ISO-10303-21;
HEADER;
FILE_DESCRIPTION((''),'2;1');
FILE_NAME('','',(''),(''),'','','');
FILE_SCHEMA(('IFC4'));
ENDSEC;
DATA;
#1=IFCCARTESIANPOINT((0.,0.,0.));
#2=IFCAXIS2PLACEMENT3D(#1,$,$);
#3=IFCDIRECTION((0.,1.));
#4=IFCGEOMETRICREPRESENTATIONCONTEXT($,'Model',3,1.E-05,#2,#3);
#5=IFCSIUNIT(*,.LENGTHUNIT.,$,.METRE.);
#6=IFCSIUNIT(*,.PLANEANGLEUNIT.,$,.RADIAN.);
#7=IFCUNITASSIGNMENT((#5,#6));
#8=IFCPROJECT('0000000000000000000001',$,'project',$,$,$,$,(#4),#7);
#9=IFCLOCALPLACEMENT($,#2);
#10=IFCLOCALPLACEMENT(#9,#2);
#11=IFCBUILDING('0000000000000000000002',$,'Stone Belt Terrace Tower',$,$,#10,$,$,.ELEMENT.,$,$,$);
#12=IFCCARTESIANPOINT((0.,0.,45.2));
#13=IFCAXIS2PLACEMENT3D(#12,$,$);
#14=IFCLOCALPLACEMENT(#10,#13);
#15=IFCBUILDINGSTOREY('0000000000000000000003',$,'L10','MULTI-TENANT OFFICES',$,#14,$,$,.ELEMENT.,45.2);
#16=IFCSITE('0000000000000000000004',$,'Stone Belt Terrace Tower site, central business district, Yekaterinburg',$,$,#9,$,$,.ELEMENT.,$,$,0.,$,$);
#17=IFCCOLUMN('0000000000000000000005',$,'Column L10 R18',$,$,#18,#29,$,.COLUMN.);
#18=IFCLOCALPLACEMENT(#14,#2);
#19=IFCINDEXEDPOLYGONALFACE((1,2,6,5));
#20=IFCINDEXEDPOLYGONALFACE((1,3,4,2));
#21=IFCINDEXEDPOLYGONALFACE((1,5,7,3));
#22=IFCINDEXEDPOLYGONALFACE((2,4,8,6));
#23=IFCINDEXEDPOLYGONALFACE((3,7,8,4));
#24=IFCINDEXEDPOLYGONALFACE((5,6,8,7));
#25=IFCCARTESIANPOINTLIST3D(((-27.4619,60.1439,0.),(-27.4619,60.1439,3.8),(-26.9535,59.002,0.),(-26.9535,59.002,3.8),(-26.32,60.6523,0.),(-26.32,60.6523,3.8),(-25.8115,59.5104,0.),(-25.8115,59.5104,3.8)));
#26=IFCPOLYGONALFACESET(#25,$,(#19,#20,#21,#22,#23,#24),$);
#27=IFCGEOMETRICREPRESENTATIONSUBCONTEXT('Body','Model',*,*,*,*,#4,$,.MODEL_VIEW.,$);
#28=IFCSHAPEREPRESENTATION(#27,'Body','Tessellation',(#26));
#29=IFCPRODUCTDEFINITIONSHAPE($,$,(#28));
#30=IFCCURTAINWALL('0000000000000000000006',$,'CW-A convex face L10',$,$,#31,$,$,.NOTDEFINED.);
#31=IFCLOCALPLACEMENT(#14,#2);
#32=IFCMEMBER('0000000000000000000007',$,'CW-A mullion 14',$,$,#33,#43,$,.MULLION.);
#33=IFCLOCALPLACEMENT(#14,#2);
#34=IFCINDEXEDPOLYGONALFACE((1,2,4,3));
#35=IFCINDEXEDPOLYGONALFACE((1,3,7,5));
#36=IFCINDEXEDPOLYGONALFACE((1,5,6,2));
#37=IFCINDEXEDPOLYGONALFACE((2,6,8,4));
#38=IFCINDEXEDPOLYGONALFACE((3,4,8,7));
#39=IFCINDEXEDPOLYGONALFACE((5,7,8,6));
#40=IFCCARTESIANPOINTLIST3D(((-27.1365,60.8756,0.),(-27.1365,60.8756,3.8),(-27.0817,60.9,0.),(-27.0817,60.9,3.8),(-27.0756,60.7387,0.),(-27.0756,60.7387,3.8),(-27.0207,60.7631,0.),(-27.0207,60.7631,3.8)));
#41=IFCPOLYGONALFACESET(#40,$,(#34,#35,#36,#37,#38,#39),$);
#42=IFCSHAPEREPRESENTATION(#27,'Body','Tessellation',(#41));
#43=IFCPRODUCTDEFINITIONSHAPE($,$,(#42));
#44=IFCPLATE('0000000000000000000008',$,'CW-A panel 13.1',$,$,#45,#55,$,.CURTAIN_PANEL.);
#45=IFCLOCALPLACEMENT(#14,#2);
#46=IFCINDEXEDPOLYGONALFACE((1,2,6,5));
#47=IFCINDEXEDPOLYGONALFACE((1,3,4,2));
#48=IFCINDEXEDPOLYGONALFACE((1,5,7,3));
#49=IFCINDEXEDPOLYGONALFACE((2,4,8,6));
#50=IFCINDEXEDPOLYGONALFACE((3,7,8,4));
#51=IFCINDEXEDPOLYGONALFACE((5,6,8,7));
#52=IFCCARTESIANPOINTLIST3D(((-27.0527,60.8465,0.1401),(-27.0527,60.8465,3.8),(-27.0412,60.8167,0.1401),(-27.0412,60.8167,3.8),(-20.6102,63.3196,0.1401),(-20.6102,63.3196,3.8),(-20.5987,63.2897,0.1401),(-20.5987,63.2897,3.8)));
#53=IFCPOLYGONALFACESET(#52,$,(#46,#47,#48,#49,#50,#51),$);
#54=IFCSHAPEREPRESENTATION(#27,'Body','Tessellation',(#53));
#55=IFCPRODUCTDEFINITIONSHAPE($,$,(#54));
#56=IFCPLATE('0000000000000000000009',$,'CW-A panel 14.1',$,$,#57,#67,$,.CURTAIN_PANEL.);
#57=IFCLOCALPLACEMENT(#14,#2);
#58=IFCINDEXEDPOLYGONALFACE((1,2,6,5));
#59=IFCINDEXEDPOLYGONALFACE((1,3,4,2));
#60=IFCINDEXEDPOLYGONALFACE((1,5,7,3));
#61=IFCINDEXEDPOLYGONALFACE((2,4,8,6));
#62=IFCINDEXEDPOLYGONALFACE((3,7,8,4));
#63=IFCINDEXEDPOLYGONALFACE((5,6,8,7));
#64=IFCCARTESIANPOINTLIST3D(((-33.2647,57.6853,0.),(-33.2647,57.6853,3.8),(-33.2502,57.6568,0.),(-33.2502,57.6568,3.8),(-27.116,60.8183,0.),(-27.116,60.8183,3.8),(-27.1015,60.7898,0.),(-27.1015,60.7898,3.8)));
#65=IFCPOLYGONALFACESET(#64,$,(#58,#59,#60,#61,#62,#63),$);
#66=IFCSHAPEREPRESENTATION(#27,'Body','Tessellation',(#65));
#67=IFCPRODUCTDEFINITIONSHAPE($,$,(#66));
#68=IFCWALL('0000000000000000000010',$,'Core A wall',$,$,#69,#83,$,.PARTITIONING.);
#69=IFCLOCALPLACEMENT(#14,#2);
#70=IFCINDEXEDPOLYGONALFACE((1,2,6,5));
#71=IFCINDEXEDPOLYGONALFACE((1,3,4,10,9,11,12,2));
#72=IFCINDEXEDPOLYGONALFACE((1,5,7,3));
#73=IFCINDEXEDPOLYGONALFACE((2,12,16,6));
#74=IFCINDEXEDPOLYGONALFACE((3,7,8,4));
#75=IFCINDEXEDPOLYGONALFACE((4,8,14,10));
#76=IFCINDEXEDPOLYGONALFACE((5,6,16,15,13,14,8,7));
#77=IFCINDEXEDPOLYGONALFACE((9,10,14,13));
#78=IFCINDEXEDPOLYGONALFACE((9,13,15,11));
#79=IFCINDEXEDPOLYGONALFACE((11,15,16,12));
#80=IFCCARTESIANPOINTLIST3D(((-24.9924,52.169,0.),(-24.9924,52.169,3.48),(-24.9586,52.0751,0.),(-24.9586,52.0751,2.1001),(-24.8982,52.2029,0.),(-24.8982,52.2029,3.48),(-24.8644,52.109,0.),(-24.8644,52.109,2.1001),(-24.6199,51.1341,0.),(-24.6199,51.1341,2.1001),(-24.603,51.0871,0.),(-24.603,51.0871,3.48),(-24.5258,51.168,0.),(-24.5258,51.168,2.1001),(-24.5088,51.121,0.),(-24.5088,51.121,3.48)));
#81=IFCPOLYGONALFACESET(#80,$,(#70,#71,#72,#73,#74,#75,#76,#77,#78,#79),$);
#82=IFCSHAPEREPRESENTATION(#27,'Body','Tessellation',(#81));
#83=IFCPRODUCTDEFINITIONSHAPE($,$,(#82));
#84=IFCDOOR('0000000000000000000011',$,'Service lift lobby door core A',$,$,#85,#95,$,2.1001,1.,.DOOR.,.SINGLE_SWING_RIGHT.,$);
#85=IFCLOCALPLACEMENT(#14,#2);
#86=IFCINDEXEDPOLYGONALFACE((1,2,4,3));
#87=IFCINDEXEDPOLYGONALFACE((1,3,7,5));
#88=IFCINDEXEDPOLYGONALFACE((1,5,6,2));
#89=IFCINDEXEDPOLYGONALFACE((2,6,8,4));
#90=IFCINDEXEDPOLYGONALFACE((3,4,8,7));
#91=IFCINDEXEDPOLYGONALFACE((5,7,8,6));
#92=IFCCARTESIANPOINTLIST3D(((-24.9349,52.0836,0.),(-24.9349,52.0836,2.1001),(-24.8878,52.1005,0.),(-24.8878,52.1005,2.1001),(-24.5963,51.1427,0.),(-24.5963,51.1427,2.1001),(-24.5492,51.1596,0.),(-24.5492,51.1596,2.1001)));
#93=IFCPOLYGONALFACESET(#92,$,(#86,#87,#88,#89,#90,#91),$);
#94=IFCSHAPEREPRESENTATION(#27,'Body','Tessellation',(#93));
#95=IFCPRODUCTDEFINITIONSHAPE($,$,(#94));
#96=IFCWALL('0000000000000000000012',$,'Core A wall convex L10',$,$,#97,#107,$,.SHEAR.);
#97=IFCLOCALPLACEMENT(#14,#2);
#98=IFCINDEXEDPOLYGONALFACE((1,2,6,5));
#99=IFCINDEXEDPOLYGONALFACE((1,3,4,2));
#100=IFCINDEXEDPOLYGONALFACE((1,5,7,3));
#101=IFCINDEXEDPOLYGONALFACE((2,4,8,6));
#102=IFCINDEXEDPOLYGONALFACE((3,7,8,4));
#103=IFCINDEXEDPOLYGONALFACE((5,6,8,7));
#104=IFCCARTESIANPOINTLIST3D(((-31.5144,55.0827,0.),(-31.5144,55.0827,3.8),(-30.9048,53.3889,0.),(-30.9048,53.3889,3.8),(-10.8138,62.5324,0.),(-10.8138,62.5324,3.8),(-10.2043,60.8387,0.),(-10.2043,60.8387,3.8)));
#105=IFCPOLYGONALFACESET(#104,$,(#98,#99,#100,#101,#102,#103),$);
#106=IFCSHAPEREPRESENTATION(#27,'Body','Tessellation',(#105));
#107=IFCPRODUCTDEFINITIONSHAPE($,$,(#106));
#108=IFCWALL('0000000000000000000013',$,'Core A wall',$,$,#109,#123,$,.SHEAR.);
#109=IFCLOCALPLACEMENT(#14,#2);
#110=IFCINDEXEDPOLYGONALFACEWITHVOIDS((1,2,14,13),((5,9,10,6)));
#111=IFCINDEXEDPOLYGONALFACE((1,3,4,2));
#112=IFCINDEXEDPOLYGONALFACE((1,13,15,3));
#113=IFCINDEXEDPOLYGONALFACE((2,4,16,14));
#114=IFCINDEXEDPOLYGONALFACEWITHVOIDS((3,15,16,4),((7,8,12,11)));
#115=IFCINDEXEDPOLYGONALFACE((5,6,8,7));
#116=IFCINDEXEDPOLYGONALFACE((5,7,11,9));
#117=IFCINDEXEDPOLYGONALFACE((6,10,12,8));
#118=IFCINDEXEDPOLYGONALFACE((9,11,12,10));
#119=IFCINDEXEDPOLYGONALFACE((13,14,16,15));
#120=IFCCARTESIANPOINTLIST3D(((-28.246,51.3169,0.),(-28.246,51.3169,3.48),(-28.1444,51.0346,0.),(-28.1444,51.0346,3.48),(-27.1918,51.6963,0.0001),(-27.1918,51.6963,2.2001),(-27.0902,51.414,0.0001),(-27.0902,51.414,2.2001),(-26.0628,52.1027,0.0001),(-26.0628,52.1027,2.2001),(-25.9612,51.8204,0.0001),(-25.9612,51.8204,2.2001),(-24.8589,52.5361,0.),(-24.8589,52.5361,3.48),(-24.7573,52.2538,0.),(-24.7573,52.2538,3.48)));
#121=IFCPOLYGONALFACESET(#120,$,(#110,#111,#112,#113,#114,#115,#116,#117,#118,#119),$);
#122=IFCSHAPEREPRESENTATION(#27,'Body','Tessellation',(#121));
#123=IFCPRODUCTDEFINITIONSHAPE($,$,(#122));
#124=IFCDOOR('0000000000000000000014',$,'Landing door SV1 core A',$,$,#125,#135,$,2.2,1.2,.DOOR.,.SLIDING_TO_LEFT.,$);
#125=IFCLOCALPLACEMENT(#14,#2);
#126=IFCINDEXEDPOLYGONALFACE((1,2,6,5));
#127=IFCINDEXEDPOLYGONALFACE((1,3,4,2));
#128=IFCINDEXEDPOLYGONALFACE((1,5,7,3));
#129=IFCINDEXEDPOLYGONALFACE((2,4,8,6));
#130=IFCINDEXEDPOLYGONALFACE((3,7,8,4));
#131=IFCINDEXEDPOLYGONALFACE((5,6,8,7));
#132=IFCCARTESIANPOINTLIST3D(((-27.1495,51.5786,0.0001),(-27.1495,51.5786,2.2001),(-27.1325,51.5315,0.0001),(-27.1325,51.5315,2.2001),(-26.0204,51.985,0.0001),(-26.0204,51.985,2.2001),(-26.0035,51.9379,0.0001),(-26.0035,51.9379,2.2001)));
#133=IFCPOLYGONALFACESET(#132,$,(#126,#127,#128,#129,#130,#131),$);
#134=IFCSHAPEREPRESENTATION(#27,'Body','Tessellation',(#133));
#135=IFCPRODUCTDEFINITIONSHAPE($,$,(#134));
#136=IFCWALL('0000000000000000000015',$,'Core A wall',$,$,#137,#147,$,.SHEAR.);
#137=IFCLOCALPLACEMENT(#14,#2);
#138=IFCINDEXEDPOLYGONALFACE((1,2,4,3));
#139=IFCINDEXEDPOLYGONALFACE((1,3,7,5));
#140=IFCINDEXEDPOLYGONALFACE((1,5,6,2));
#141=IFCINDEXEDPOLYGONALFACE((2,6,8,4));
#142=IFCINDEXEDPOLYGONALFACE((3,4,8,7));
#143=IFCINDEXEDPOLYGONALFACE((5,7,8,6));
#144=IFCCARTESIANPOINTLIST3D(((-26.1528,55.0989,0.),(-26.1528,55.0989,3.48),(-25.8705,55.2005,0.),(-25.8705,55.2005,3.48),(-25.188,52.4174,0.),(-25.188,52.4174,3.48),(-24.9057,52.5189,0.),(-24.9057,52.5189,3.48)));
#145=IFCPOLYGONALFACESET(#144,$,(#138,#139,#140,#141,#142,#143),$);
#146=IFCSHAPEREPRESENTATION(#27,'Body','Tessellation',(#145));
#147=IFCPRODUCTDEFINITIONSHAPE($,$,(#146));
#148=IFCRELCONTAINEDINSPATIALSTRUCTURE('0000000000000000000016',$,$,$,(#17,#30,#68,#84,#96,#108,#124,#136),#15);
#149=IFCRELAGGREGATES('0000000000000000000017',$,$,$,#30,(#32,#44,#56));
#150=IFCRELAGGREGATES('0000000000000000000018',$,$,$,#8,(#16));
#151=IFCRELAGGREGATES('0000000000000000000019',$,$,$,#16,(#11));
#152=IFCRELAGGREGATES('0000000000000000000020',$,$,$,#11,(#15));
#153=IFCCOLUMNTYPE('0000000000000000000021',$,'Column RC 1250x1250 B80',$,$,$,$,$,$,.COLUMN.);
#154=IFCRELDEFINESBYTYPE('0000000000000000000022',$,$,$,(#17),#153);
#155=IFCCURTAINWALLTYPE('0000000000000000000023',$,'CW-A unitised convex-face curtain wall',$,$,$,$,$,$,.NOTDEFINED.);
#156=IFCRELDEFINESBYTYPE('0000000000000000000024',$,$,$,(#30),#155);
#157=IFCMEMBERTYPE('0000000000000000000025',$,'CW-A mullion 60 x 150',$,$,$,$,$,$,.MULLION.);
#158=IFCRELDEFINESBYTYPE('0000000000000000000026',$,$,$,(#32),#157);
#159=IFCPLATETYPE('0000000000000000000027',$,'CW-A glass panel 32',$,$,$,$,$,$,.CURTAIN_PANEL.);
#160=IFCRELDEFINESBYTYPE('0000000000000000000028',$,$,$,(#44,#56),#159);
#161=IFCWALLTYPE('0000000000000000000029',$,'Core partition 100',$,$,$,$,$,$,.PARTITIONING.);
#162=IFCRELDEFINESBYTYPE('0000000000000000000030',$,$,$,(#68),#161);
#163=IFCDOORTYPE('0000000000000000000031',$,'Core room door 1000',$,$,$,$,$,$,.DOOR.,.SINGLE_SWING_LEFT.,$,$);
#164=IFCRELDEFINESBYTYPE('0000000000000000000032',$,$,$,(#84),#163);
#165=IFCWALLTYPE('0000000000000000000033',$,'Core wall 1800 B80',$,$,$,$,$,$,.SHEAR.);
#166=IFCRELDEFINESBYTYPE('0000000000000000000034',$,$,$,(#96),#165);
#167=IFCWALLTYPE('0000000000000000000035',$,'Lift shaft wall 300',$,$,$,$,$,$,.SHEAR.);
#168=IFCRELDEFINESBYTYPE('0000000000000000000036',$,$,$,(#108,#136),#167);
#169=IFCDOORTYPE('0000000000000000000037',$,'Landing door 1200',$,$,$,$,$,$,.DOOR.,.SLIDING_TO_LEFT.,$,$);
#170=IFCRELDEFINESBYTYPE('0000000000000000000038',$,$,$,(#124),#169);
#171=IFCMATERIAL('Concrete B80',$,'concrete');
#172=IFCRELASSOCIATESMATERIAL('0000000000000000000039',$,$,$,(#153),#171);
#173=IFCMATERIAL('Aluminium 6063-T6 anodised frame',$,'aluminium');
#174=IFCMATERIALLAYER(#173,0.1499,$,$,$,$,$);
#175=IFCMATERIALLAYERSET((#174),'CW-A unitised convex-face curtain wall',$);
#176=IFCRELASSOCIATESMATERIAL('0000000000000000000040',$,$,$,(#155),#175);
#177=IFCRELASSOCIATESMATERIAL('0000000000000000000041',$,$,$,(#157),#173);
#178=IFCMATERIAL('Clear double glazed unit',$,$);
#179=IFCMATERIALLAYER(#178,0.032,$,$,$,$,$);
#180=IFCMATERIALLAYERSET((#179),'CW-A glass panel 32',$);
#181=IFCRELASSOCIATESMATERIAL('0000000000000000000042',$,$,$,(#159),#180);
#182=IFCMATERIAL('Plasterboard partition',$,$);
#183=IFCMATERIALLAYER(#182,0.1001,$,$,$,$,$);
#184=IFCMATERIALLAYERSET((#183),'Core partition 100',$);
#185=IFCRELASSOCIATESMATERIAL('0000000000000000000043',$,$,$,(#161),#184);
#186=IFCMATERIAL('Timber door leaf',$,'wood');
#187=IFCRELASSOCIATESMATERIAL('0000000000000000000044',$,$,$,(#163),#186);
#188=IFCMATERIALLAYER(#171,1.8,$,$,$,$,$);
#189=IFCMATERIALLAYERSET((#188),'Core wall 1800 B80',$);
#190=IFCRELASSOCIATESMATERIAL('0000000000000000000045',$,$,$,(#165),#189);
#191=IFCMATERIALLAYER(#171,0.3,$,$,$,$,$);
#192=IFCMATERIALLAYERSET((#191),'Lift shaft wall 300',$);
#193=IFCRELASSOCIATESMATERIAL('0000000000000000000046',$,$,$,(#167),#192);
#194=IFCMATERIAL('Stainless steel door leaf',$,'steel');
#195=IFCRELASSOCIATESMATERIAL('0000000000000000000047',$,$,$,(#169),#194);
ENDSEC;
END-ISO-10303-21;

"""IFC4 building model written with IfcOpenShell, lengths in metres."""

from ifc_helpers import new_model, si_unit, direction, frame, frame_2d, origin, origin_2d, place, context, subcontext, project, spatial, rectangle, extrude, material, layer, layer_set, material_profile, profile_set, type_object, element, fill, aggregate, save


model = new_model("IFC4")

# Units and contexts
model_context = context("Model", 3, precision=1e-05, world=origin(), true_north=direction((0.0, 1.0)))
body_context = subcontext(model_context, "Body", "Model", "MODEL_VIEW")
ifc_project = project(units=[si_unit("LENGTHUNIT", "METRE"), si_unit("PLANEANGLEUNIT", "RADIAN")], contexts=[model_context])

# Site, building, storey
site_placement = place(None, origin())
site = spatial("IfcSite", under=ifc_project, at=site_placement, Name="Stone Belt Terrace Tower site, central business district, Yekaterinburg", CompositionType="ELEMENT", RefElevation=0.0)
building_placement = place(site_placement, origin())
building = spatial("IfcBuilding", under=site, at=building_placement, Name="Stone Belt Terrace Tower", CompositionType="ELEMENT")
storey_placement = place(building_placement, frame((0.0, 0.0, 45.2)))
storey = spatial("IfcBuildingStorey", under=building, at=storey_placement, Name="L10", Description="MULTI-TENANT OFFICES", CompositionType="ELEMENT", Elevation=45.2)

# Column
ifc_material_1 = material(Name="Concrete B80", Category="concrete")
ifc_material_profile_1 = material_profile(ifc_material_1, rectangle(XDim=1.25, YDim=1.25, at=origin_2d()), Name="RC 1250x1250")
ifc_profile_set_1 = profile_set([ifc_material_profile_1], Name="Concrete B80")
column_type = type_object("IfcColumnType", Name="Column RC 1250x1250 B80", PredefinedType="COLUMN", material=ifc_profile_set_1)
column_placement = place(storey_placement, frame((-26.6367, 59.8271, 0.0), z_axis=(0.0, 0.0, 1.0), x_axis=(0.913545, 0.406737, 0.0)))
element("IfcColumn", 1, at=column_placement, inside=storey, type_object=column_type, Name="Column L10 R18", PredefinedType="COLUMN", context=body_context, shape_type="SweptSolid", body=[
    extrude(rectangle(XDim=1.25, YDim=1.25, at=origin_2d()), origin(), (0.0, 0.0, 1.0), 3.8),
])

# Curtain wall, member, plates
ifc_material_2 = material(Name="Aluminium 6063-T6 anodised frame", Category="aluminium")
ifc_layer_1 = layer(ifc_material_2, 0.1499)
ifc_layer_set_1 = layer_set([ifc_layer_1], Name="CW-A unitised convex-face curtain wall")
curtain_wall_type = type_object("IfcCurtainWallType", Name="CW-A unitised convex-face curtain wall", PredefinedType="NOTDEFINED", material=ifc_layer_set_1)
curtain_wall_placement = place(storey_placement, origin())
curtain_wall = element("IfcCurtainWall", 2, at=curtain_wall_placement, inside=storey, type_object=curtain_wall_type, Name="CW-A convex face L10", PredefinedType="NOTDEFINED")
ifc_material_profile_2 = material_profile(ifc_material_2, rectangle(XDim=0.1499, YDim=0.0601, at=origin_2d()), Name="Aluminium 6063-T6 60x150")
ifc_profile_set_2 = profile_set([ifc_material_profile_2], Name="Aluminium 6063-T6 anodised frame")
member_type = type_object("IfcMemberType", Name="CW-A mullion 60 x 150", PredefinedType="MULLION", material=ifc_profile_set_2)
member_placement = place(storey_placement, frame((-27.0786, 60.8193, 0.0), z_axis=(0.0, 0.0, 1.0), x_axis=(0.406737, -0.913545, 0.0)))
member = element("IfcMember", 3, at=member_placement, type_object=member_type, Name="CW-A mullion 14", PredefinedType="MULLION", context=body_context, shape_type="SweptSolid", body=[
    extrude(rectangle(XDim=0.1499, YDim=0.0601, at=origin_2d()), origin(), (0.0, 0.0, 1.0), 3.8),
])
ifc_material_3 = material(Name="Clear double glazed unit")
ifc_layer_2 = layer(ifc_material_3, 0.032)
ifc_layer_set_2 = layer_set([ifc_layer_2], Name="CW-A glass panel 32")
plate_type = type_object("IfcPlateType", Name="CW-A glass panel 32", PredefinedType="CURTAIN_PANEL", material=ifc_layer_set_2)
plate_1_placement = place(storey_placement, frame((-23.8257, 62.0681, 0.1401), z_axis=(0.0, 0.0, 1.0), x_axis=(-0.93358, -0.358368, 0.0)))
plate_1 = element("IfcPlate", 4, at=plate_1_placement, type_object=plate_type, Name="CW-A panel 13.1", PredefinedType="CURTAIN_PANEL", context=body_context, shape_type="SweptSolid", body=[
    extrude(rectangle(XDim=6.9009, YDim=0.032, at=origin_2d()), origin(), (0.0, 0.0, 1.0), 3.6599),
])
plate_2_placement = place(storey_placement, frame((-30.1831, 59.2375, 0.0), z_axis=(0.0, 0.0, 1.0), x_axis=(-0.891007, -0.45399, 0.0)))
plate_2 = element("IfcPlate", 5, at=plate_2_placement, type_object=plate_type, Name="CW-A panel 14.1", PredefinedType="CURTAIN_PANEL", context=body_context, shape_type="SweptSolid", body=[
    extrude(rectangle(XDim=6.9009, YDim=0.032, at=origin_2d()), origin(), (0.0, 0.0, 1.0), 3.8),
])
aggregate(curtain_wall, [member, plate_1, plate_2])

# Wall, opening, door
ifc_material_4 = material(Name="Plasterboard partition")
ifc_layer_3 = layer(ifc_material_4, 0.1001)
ifc_layer_set_3 = layer_set([ifc_layer_3], Name="Core partition 100")
wall_type_1 = type_object("IfcWallType", Name="Core partition 100", PredefinedType="PARTITIONING", material=ifc_layer_set_3)
wall_1_placement = place(storey_placement, frame((-24.5559, 51.104, 0.0), z_axis=(0.0, 0.0, 1.0), x_axis=(-0.338622, 0.940923, 0.0)))
wall_1 = element("IfcWall", 6, at=wall_1_placement, inside=storey, type_object=wall_type_1, Name="Core A wall", PredefinedType="PARTITIONING", context=body_context, shape_type="SweptSolid", body=[
    extrude(rectangle(XDim=1.1499, YDim=0.1001, at=frame_2d((0.575, 0.0))), origin(), (0.0, 0.0, 1.0), 3.48),
])
opening_1_placement = place(wall_1_placement, frame((0.05, 0.0, 0.0)))
opening_1 = element("IfcOpeningElement", 7, at=opening_1_placement, cuts=wall_1, PredefinedType="OPENING", context=body_context, shape_type="SweptSolid", body=[
    extrude(rectangle(XDim=1.0, YDim=2.1001, at=frame_2d((0.5, 1.05))), frame((0.0, 0.0601, 0.0), z_axis=(0.0, -1.0, 0.0), x_axis=(1.0, 0.0, 0.0)), (0.0, 0.0, 1.0), 0.1201),
])
ifc_material_5 = material(Name="Timber door leaf", Category="wood")
door_type_1 = type_object("IfcDoorType", Name="Core room door 1000", OperationType="SINGLE_SWING_LEFT", PredefinedType="DOOR", material=ifc_material_5)
door_1_placement = place(opening_1_placement, origin())
door_1 = element("IfcDoor", 8, at=door_1_placement, inside=storey, type_object=door_type_1, Name="Service lift lobby door core A", OperationType="SINGLE_SWING_RIGHT", OverallHeight=2.1001, OverallWidth=1.0, PredefinedType="DOOR", context=body_context, shape_type="SweptSolid", body=[
    extrude(rectangle(XDim=1.0, YDim=2.1001, at=frame_2d((0.5, 1.05))), frame((0.0, 0.0249, 0.0), z_axis=(0.0, -1.0, 0.0), x_axis=(1.0, 0.0, 0.0)), (0.0, 0.0, 1.0), 0.05),
])
fill(opening_1, door_1)

# Wall
ifc_layer_4 = layer(ifc_material_1, 1.8)
ifc_layer_set_4 = layer_set([ifc_layer_4], Name="Core wall 1800 B80")
wall_type_2 = type_object("IfcWallType", Name="Core wall 1800 B80", PredefinedType="SHEAR", material=ifc_layer_set_4)
wall_2_placement = place(storey_placement, frame((-31.2095, 54.2358, 0.0), z_axis=(0.0, 0.0, 1.0), x_axis=(0.940923, 0.338621, 0.0)))
element("IfcWall", 9, at=wall_2_placement, inside=storey, type_object=wall_type_2, Name="Core A wall convex L10", PredefinedType="SHEAR", context=body_context, shape_type="SweptSolid", body=[
    extrude(rectangle(XDim=22.0002, YDim=1.8, at=frame_2d((11.0, 0.0))), origin(), (0.0, 0.0, 1.0), 3.8),
])

# Wall, opening, door
ifc_layer_5 = layer(ifc_material_1, 0.3)
ifc_layer_set_5 = layer_set([ifc_layer_5], Name="Lift shaft wall 300")
wall_type_3 = type_object("IfcWallType", Name="Lift shaft wall 300", PredefinedType="SHEAR", material=ifc_layer_set_5)
wall_3_placement = place(storey_placement, frame((-28.1951, 51.1758, 0.0), z_axis=(0.0, 0.0, 1.0), x_axis=(0.940901, 0.338681, 0.0)))
wall_3 = element("IfcWall", 10, at=wall_3_placement, inside=storey, type_object=wall_type_3, Name="Core A wall", PredefinedType="SHEAR", context=body_context, shape_type="SweptSolid", body=[
    extrude(rectangle(XDim=3.5999, YDim=0.3, at=frame_2d((1.7998, 0.0))), origin(), (0.0, 0.0, 1.0), 3.48),
])
opening_2_placement = place(wall_3_placement, frame((1.1201, 0.0, 0.0)))
opening_2 = element("IfcOpeningElement", 11, at=opening_2_placement, cuts=wall_3, PredefinedType="OPENING", context=body_context, shape_type="SweptSolid", body=[
    extrude(rectangle(XDim=1.2, YDim=2.2, at=frame_2d((0.6001, 1.1001))), frame((0.0, 0.1599, 0.0), z_axis=(0.0, -1.0, 0.0), x_axis=(1.0, 0.0, 0.0)), (0.0, 0.0, 1.0), 0.3201),
])
ifc_material_6 = material(Name="Stainless steel door leaf", Category="steel")
door_type_2 = type_object("IfcDoorType", Name="Landing door 1200", OperationType="SLIDING_TO_LEFT", PredefinedType="DOOR", material=ifc_material_6)
door_2_placement = place(opening_2_placement, origin())
door_2 = element("IfcDoor", 12, at=door_2_placement, inside=storey, type_object=door_type_2, Name="Landing door SV1 core A", OperationType="SLIDING_TO_LEFT", OverallHeight=2.2, OverallWidth=1.2, PredefinedType="DOOR", context=body_context, shape_type="SweptSolid", body=[
    extrude(rectangle(XDim=1.2, YDim=2.2, at=frame_2d((0.6001, 1.1001))), frame((0.0, 0.0249, 0.0), z_axis=(0.0, -1.0, 0.0), x_axis=(1.0, 0.0, 0.0)), (0.0, 0.0, 1.0), 0.05),
])
fill(opening_2, door_2)

# Wall
wall_4_placement = place(storey_placement, frame((-25.0469, 52.4683, 0.0), z_axis=(0.0, 0.0, 1.0), x_axis=(-0.33855, 0.940949, 0.0)))
element("IfcWall", 13, at=wall_4_placement, inside=storey, type_object=wall_type_3, Name="Core A wall", PredefinedType="SHEAR", context=body_context, shape_type="SweptSolid", body=[
    extrude(rectangle(XDim=2.8499, YDim=0.3, at=frame_2d((1.4248, 0.0))), origin(), (0.0, 0.0, 1.0), 3.48),
])

save(model, "model.ifc")
